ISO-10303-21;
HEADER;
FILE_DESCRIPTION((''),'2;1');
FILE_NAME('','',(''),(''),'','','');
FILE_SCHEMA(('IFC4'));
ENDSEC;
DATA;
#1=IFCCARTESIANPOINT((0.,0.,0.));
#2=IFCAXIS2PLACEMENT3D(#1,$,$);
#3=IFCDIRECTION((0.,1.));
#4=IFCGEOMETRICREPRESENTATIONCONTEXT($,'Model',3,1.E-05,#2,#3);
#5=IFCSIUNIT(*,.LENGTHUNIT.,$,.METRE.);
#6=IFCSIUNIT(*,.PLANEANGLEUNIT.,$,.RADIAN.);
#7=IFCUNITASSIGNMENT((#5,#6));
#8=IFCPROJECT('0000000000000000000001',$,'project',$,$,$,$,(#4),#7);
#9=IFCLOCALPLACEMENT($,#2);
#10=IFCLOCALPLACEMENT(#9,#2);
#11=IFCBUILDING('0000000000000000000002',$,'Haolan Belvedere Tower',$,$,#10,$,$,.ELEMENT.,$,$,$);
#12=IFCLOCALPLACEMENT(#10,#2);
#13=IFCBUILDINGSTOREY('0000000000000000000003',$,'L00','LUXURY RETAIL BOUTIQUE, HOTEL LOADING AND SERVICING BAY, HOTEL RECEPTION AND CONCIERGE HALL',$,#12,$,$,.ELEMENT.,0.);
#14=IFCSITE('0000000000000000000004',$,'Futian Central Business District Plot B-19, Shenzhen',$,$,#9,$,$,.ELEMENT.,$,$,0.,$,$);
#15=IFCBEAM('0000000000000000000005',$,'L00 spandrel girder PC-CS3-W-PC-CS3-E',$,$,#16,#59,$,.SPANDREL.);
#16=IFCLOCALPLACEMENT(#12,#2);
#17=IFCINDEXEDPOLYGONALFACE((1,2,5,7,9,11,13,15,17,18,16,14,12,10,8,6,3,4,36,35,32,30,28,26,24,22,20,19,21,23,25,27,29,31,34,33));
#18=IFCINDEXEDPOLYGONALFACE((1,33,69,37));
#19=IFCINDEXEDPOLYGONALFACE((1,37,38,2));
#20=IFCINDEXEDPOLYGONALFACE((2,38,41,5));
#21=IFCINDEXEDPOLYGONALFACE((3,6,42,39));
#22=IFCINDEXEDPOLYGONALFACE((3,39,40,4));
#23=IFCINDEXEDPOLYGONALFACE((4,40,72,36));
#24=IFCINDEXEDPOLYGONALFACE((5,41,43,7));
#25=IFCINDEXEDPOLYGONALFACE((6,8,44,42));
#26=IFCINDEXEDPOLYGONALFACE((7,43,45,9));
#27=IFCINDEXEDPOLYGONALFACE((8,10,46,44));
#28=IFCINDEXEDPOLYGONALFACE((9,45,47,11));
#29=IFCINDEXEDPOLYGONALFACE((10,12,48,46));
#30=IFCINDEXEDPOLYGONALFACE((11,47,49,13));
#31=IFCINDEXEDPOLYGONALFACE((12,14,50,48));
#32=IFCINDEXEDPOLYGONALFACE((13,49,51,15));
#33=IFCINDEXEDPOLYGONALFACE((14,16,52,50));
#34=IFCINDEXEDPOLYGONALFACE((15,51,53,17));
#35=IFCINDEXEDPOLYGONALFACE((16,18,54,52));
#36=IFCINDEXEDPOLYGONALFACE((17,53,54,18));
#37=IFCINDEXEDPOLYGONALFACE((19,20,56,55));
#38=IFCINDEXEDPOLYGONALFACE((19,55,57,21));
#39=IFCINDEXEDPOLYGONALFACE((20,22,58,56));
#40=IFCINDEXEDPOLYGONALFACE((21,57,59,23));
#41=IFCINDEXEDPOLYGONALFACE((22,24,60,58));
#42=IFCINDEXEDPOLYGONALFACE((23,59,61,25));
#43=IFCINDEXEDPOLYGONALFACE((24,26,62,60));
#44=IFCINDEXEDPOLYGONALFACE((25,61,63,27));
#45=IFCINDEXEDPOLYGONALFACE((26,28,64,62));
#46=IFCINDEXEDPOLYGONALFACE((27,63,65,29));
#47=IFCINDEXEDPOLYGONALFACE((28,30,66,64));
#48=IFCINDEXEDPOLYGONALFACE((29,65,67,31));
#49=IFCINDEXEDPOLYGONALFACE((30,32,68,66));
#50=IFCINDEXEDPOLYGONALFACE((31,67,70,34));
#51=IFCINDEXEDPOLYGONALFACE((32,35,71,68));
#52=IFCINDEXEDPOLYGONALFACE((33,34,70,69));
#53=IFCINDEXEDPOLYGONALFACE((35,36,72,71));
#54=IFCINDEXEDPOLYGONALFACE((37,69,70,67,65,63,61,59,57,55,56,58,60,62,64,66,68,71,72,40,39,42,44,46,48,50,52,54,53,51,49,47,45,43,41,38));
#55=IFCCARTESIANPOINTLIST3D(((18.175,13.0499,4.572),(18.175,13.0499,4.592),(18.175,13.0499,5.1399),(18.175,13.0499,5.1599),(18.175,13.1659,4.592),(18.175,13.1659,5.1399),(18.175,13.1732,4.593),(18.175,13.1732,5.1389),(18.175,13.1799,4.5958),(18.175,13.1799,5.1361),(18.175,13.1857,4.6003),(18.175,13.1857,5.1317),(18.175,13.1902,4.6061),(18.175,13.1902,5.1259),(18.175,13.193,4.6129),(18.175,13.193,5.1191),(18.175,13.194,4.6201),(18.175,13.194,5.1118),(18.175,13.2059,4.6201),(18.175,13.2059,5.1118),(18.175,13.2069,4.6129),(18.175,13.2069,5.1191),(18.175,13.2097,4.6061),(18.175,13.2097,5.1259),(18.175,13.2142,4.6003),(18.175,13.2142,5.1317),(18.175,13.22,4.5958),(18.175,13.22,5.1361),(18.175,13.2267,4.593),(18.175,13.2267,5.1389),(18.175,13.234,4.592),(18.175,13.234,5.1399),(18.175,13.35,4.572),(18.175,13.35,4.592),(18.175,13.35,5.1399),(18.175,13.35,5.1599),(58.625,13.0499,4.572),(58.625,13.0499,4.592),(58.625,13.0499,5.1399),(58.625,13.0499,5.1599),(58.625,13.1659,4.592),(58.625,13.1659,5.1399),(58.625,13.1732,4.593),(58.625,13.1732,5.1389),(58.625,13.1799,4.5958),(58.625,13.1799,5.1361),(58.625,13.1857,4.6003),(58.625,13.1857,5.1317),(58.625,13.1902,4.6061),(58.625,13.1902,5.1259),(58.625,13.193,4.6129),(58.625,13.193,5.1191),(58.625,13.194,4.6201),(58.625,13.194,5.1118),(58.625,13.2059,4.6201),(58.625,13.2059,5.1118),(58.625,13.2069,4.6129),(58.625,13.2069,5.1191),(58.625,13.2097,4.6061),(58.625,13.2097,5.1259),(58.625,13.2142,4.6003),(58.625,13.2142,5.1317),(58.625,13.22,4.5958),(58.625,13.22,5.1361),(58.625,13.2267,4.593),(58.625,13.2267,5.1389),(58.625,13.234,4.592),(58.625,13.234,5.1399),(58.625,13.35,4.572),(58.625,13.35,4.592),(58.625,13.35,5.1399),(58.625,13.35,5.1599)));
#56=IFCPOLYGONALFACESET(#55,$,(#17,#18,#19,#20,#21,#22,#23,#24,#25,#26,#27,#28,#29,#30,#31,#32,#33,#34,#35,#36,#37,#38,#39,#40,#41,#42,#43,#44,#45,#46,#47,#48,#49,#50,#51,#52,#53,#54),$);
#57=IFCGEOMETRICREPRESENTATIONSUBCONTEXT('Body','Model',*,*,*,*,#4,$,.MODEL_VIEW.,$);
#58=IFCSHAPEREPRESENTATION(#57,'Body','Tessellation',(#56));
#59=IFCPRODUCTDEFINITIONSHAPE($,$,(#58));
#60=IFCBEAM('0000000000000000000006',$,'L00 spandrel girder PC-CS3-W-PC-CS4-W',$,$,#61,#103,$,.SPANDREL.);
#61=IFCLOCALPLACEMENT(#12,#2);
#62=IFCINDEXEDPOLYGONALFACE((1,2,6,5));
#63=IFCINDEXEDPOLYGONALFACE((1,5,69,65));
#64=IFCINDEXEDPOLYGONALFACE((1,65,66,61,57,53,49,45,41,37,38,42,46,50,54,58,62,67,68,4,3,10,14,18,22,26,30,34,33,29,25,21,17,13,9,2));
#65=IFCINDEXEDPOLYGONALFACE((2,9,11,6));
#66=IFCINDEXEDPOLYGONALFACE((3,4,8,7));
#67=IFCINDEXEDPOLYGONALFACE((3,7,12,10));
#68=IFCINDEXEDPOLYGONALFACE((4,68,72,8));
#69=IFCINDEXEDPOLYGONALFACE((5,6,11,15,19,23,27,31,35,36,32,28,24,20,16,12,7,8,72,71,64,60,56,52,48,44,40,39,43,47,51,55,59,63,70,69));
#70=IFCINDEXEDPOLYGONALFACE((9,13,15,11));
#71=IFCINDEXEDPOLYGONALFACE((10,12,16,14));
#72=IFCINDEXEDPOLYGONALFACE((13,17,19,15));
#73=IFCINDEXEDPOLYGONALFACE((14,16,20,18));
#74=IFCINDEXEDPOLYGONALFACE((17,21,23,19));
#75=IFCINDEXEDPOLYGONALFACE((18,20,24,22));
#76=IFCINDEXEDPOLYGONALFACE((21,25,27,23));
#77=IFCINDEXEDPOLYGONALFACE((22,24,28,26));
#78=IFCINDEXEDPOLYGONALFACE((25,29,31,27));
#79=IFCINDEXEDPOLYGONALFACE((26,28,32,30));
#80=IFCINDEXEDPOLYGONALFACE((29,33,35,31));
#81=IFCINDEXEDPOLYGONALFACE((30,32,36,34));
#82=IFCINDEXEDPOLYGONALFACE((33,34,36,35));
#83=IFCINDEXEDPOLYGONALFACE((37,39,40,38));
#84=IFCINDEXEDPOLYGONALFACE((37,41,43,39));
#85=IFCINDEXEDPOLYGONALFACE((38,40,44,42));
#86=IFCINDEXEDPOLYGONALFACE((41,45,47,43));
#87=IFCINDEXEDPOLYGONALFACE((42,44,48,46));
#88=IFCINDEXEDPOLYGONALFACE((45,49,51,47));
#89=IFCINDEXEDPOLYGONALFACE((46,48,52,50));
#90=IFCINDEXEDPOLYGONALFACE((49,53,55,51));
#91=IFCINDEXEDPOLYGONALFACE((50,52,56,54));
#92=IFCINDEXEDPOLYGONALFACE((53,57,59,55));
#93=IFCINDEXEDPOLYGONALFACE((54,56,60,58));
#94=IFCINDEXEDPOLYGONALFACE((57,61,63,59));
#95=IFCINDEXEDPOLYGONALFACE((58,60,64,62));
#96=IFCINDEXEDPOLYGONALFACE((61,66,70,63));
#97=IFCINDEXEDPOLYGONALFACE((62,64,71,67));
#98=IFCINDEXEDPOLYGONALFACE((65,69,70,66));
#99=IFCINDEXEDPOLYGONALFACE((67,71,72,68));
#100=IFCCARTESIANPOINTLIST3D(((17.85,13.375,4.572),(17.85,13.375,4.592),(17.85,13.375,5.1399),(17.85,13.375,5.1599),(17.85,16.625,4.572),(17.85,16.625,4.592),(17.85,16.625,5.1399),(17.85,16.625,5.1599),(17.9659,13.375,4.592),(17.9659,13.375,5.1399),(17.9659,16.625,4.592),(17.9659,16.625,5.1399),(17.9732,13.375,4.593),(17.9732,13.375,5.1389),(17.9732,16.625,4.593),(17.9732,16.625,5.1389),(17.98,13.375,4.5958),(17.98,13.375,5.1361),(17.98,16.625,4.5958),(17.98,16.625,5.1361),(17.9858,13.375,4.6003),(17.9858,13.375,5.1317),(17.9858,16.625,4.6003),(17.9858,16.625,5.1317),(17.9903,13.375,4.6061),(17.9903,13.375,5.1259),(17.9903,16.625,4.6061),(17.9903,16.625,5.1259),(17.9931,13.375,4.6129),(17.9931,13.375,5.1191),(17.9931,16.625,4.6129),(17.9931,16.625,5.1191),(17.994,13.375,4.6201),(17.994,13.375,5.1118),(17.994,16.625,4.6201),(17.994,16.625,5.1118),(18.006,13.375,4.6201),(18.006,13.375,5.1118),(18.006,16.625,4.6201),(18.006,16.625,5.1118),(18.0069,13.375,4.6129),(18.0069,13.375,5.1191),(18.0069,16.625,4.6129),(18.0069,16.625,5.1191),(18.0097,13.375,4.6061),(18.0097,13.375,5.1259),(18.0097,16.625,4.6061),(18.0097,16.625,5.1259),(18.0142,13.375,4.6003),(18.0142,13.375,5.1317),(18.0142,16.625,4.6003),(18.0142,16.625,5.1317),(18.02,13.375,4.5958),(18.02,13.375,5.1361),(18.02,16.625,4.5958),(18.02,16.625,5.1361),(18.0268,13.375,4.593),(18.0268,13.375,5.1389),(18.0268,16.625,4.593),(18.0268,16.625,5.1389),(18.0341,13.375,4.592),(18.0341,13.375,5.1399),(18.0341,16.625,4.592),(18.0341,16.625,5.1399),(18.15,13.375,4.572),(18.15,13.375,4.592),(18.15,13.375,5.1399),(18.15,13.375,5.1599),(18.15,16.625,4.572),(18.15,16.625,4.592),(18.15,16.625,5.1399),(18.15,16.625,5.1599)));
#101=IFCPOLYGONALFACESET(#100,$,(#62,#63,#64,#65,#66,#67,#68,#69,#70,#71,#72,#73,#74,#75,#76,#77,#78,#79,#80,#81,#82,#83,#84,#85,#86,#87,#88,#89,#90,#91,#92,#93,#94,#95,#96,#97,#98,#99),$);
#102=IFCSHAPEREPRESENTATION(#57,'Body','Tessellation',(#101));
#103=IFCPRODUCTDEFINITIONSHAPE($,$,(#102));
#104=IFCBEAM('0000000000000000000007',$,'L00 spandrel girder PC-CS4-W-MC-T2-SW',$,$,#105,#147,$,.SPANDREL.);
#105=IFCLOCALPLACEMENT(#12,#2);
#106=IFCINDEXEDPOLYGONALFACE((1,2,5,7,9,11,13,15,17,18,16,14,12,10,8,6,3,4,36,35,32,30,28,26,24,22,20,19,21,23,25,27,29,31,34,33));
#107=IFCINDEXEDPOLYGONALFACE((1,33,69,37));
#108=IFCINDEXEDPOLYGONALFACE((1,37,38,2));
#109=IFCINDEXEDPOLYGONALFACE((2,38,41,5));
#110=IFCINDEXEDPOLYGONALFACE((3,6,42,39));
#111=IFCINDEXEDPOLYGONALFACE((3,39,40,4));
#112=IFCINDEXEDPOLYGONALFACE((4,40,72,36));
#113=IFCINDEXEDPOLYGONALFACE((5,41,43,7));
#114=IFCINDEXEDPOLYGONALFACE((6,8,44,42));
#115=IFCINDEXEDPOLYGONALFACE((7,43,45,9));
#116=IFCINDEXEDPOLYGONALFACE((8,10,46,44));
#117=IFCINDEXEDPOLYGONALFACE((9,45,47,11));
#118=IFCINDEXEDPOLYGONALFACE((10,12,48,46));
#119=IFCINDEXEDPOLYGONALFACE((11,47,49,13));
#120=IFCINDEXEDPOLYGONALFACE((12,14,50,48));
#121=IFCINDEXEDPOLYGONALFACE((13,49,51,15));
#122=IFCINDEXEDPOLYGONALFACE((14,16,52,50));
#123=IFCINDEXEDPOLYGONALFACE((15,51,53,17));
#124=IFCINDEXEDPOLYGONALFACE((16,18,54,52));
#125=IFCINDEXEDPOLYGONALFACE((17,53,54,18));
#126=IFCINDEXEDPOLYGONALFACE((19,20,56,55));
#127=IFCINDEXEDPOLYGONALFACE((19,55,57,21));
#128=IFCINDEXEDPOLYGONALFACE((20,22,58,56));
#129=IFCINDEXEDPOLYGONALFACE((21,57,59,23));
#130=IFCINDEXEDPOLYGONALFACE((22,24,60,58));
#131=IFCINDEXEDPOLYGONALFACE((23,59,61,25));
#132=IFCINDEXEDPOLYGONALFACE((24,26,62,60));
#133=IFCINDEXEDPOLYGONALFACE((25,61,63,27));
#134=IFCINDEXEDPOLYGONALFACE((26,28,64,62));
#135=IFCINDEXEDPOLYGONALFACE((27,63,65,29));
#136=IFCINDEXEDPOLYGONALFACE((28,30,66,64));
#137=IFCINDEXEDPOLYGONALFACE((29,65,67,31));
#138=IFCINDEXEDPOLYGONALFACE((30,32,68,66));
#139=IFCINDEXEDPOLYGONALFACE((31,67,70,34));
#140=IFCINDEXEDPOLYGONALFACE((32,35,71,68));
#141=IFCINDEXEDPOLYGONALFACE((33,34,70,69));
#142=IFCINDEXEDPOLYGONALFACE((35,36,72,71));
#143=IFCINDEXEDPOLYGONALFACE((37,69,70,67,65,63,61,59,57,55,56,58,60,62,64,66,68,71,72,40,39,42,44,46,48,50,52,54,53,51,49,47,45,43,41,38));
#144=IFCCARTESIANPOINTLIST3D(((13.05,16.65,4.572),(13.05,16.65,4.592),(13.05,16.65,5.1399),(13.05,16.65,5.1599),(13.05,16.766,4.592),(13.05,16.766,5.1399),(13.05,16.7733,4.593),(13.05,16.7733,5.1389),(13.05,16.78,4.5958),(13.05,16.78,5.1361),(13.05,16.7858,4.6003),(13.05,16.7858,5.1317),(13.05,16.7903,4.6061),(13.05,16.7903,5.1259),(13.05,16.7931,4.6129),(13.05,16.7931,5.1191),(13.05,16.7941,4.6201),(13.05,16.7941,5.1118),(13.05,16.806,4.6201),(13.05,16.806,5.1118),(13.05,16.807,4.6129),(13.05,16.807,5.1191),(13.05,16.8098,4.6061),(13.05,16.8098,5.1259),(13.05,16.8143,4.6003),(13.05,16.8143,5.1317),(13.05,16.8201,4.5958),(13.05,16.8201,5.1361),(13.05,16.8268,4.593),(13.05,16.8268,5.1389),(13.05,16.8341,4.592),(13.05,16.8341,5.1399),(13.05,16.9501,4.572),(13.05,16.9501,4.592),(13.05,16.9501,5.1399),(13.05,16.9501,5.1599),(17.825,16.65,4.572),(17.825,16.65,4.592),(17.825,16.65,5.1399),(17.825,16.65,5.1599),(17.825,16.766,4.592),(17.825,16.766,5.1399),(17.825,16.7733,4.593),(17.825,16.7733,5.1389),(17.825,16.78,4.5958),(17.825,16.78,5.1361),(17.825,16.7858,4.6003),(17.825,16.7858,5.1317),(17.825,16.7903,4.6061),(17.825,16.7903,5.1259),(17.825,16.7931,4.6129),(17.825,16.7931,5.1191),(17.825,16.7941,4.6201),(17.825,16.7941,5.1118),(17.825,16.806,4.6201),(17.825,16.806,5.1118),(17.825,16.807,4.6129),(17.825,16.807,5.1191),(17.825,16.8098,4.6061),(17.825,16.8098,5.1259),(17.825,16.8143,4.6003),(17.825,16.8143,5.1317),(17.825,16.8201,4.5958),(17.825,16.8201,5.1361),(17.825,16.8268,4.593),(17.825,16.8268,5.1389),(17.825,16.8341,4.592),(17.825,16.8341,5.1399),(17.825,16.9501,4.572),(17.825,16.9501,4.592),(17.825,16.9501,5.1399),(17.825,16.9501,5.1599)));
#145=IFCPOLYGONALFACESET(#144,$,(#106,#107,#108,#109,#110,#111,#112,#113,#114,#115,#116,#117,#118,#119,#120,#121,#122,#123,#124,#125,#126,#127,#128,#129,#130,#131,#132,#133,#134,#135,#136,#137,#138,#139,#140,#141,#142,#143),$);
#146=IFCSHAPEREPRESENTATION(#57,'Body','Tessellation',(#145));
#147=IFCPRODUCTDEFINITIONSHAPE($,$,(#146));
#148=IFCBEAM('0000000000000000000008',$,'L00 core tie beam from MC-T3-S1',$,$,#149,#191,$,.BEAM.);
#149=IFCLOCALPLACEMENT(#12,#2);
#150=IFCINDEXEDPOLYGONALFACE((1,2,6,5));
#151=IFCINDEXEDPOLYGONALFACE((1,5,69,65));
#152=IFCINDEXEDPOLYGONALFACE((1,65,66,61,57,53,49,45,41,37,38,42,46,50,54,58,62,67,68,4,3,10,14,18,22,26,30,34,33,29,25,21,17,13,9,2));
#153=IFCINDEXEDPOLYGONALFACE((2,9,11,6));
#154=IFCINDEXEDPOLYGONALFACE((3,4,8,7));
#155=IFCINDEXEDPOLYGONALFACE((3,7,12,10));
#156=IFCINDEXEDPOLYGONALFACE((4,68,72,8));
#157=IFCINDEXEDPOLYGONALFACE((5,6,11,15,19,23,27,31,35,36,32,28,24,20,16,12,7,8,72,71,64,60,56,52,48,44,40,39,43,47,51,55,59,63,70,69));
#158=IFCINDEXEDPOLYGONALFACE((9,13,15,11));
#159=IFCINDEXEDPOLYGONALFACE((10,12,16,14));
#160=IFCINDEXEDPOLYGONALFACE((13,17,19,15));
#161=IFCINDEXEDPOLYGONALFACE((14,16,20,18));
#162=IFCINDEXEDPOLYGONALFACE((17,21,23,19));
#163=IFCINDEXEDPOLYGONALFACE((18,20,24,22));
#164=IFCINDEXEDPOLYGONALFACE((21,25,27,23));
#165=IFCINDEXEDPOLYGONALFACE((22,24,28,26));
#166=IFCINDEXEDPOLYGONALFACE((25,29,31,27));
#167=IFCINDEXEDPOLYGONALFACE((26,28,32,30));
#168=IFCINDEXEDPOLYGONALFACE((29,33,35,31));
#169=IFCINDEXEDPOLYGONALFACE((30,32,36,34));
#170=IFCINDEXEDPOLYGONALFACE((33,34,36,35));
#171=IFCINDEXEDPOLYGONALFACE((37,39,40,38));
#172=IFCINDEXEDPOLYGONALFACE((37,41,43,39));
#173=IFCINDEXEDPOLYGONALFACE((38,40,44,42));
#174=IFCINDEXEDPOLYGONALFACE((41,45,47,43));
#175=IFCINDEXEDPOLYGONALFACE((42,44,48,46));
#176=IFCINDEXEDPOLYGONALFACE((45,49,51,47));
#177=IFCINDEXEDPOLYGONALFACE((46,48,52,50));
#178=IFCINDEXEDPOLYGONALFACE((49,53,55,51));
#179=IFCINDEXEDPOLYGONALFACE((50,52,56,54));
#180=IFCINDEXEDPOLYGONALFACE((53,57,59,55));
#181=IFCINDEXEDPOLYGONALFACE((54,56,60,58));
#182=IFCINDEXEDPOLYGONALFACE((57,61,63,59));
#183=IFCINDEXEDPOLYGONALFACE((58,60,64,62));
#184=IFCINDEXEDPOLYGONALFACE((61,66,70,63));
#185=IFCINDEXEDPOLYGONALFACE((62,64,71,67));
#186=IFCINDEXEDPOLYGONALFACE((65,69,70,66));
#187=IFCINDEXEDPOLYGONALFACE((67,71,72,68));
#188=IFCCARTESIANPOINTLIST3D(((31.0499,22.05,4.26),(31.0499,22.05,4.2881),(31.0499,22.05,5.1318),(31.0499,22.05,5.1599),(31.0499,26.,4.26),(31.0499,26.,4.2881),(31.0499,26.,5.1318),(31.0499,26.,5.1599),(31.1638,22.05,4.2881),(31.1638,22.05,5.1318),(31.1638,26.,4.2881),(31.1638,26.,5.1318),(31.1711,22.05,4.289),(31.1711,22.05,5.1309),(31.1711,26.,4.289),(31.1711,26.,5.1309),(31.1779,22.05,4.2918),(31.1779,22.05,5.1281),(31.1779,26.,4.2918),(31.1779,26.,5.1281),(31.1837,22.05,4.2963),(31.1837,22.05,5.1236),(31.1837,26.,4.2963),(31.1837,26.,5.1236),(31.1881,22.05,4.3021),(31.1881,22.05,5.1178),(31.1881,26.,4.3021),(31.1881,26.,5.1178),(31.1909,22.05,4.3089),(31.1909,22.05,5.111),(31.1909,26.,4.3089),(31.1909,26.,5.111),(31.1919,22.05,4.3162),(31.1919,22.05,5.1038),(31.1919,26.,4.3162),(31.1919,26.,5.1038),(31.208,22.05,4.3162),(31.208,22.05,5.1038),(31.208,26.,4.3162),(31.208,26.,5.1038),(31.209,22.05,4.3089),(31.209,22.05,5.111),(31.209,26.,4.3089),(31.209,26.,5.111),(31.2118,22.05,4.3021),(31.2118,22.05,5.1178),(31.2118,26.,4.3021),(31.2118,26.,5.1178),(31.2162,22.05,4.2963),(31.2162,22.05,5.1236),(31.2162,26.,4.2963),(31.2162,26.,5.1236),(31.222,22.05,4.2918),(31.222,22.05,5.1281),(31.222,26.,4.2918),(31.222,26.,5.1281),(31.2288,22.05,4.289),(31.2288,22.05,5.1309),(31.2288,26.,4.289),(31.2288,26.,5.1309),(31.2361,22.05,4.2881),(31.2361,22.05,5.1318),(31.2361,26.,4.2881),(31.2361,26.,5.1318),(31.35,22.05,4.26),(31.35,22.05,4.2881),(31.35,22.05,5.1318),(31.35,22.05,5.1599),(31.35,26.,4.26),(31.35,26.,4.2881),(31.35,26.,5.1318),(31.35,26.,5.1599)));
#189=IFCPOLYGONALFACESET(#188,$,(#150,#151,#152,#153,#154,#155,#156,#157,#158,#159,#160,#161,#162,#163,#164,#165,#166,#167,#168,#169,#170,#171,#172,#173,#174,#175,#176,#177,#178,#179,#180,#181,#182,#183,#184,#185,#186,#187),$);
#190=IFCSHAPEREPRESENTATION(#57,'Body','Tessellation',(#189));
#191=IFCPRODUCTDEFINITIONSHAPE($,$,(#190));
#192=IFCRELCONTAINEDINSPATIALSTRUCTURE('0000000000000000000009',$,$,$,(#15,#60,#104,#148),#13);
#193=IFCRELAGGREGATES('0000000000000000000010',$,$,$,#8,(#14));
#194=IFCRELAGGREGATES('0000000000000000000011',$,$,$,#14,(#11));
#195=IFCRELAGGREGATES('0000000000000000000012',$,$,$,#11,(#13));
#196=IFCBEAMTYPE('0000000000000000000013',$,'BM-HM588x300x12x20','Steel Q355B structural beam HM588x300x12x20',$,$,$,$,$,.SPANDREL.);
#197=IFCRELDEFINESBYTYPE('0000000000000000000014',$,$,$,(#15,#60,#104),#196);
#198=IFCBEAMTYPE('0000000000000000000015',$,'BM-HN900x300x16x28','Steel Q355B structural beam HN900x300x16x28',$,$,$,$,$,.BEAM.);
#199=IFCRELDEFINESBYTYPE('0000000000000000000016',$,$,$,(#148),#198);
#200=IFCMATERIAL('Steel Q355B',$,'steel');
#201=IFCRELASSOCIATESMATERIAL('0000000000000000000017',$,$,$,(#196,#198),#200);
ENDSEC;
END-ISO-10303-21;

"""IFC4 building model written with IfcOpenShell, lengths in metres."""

from ifc_helpers import new_model, si_unit, direction, frame, origin, origin_2d, place, context, subcontext, project, spatial, i_section, extrude, material, material_profile, profile_set, type_object, element, save


model = new_model("IFC4")

# Units and contexts
model_context = context("Model", 3, precision=1e-05, world=origin(), true_north=direction((0.0, 1.0)))
body_context = subcontext(model_context, "Body", "Model", "MODEL_VIEW")
ifc_project = project(units=[si_unit("LENGTHUNIT", "METRE"), si_unit("PLANEANGLEUNIT", "RADIAN")], contexts=[model_context])

# Site, building, storey
site_placement = place(None, origin())
site = spatial("IfcSite", under=ifc_project, at=site_placement, Name="Futian Central Business District Plot B-19, Shenzhen", CompositionType="ELEMENT", RefElevation=0.0)
building_placement = place(site_placement, origin())
building = spatial("IfcBuilding", under=site, at=building_placement, Name="Haolan Belvedere Tower", CompositionType="ELEMENT")
storey_placement = place(building_placement, origin())
storey = spatial("IfcBuildingStorey", under=building, at=storey_placement, Name="L00", Description="LUXURY RETAIL BOUTIQUE, HOTEL LOADING AND SERVICING BAY, HOTEL RECEPTION AND CONCIERGE HALL", CompositionType="ELEMENT", Elevation=0.0)

# Shared definitions
ifc_material_1 = material(Name="Steel Q355B", Category="steel")

# Beams
ifc_material_profile_1 = material_profile(ifc_material_1, i_section(OverallWidth=0.3, OverallDepth=0.5879, WebThickness=0.012, FlangeThickness=0.02, FilletRadius=0.0281, at=origin_2d()), Name="Steel Q355B")
ifc_profile_set_1 = profile_set([ifc_material_profile_1], Name="Steel Q355B")
beam_type_1 = type_object("IfcBeamType", Name="BM-HM588x300x12x20", Description="Steel Q355B structural beam HM588x300x12x20", PredefinedType="SPANDREL", material=ifc_profile_set_1)
beam_1_placement = place(storey_placement, frame((18.175, 13.2, 4.866), z_axis=(1.0, 0.0, 0.0), x_axis=(0.0, 1.0, 0.0)))
element("IfcBeam", 1, at=beam_1_placement, inside=storey, type_object=beam_type_1, Name="L00 spandrel girder PC-CS3-W-PC-CS3-E", PredefinedType="SPANDREL", context=body_context, shape_type="SweptSolid", body=[
    extrude(i_section(OverallWidth=0.3, OverallDepth=0.5879, WebThickness=0.012, FlangeThickness=0.02, FilletRadius=0.0281, at=origin_2d()), origin(), (0.0, 0.0, 1.0), 40.45),
])
beam_2_placement = place(storey_placement, frame((18.0, 13.375, 4.866), z_axis=(0.0, 1.0, 0.0), x_axis=(-1.0, 0.0, 0.0)))
element("IfcBeam", 2, at=beam_2_placement, inside=storey, type_object=beam_type_1, Name="L00 spandrel girder PC-CS3-W-PC-CS4-W", PredefinedType="SPANDREL", context=body_context, shape_type="SweptSolid", body=[
    extrude(i_section(OverallWidth=0.3, OverallDepth=0.5879, WebThickness=0.012, FlangeThickness=0.02, FilletRadius=0.0281, at=origin_2d()), origin(), (0.0, 0.0, 1.0), 3.25),
])
beam_3_placement = place(storey_placement, frame((17.825, 16.8, 4.866), z_axis=(-1.0, 0.0, 0.0), x_axis=(0.0, -1.0, 0.0)))
element("IfcBeam", 3, at=beam_3_placement, inside=storey, type_object=beam_type_1, Name="L00 spandrel girder PC-CS4-W-MC-T2-SW", PredefinedType="SPANDREL", context=body_context, shape_type="SweptSolid", body=[
    extrude(i_section(OverallWidth=0.3, OverallDepth=0.5879, WebThickness=0.012, FlangeThickness=0.02, FilletRadius=0.0281, at=origin_2d()), origin(), (0.0, 0.0, 1.0), 4.7749),
])
ifc_material_profile_2 = material_profile(ifc_material_1, i_section(OverallWidth=0.3, OverallDepth=0.8999, WebThickness=0.0161, FlangeThickness=0.0281, FilletRadius=0.0281, at=origin_2d()), Name="Steel Q355B")
ifc_profile_set_2 = profile_set([ifc_material_profile_2], Name="Steel Q355B")
beam_type_2 = type_object("IfcBeamType", Name="BM-HN900x300x16x28", Description="Steel Q355B structural beam HN900x300x16x28", PredefinedType="BEAM", material=ifc_profile_set_2)
beam_4_placement = place(storey_placement, frame((31.2, 22.05, 4.71), z_axis=(0.0, 1.0, 0.0), x_axis=(-1.0, 0.0, 0.0)))
element("IfcBeam", 4, at=beam_4_placement, inside=storey, type_object=beam_type_2, Name="L00 core tie beam from MC-T3-S1", PredefinedType="BEAM", context=body_context, shape_type="SweptSolid", body=[
    extrude(i_section(OverallWidth=0.3, OverallDepth=0.8999, WebThickness=0.0161, FlangeThickness=0.0281, FilletRadius=0.0281, at=origin_2d()), origin(), (0.0, 0.0, 1.0), 3.95),
])

save(model, "model.ifc")
